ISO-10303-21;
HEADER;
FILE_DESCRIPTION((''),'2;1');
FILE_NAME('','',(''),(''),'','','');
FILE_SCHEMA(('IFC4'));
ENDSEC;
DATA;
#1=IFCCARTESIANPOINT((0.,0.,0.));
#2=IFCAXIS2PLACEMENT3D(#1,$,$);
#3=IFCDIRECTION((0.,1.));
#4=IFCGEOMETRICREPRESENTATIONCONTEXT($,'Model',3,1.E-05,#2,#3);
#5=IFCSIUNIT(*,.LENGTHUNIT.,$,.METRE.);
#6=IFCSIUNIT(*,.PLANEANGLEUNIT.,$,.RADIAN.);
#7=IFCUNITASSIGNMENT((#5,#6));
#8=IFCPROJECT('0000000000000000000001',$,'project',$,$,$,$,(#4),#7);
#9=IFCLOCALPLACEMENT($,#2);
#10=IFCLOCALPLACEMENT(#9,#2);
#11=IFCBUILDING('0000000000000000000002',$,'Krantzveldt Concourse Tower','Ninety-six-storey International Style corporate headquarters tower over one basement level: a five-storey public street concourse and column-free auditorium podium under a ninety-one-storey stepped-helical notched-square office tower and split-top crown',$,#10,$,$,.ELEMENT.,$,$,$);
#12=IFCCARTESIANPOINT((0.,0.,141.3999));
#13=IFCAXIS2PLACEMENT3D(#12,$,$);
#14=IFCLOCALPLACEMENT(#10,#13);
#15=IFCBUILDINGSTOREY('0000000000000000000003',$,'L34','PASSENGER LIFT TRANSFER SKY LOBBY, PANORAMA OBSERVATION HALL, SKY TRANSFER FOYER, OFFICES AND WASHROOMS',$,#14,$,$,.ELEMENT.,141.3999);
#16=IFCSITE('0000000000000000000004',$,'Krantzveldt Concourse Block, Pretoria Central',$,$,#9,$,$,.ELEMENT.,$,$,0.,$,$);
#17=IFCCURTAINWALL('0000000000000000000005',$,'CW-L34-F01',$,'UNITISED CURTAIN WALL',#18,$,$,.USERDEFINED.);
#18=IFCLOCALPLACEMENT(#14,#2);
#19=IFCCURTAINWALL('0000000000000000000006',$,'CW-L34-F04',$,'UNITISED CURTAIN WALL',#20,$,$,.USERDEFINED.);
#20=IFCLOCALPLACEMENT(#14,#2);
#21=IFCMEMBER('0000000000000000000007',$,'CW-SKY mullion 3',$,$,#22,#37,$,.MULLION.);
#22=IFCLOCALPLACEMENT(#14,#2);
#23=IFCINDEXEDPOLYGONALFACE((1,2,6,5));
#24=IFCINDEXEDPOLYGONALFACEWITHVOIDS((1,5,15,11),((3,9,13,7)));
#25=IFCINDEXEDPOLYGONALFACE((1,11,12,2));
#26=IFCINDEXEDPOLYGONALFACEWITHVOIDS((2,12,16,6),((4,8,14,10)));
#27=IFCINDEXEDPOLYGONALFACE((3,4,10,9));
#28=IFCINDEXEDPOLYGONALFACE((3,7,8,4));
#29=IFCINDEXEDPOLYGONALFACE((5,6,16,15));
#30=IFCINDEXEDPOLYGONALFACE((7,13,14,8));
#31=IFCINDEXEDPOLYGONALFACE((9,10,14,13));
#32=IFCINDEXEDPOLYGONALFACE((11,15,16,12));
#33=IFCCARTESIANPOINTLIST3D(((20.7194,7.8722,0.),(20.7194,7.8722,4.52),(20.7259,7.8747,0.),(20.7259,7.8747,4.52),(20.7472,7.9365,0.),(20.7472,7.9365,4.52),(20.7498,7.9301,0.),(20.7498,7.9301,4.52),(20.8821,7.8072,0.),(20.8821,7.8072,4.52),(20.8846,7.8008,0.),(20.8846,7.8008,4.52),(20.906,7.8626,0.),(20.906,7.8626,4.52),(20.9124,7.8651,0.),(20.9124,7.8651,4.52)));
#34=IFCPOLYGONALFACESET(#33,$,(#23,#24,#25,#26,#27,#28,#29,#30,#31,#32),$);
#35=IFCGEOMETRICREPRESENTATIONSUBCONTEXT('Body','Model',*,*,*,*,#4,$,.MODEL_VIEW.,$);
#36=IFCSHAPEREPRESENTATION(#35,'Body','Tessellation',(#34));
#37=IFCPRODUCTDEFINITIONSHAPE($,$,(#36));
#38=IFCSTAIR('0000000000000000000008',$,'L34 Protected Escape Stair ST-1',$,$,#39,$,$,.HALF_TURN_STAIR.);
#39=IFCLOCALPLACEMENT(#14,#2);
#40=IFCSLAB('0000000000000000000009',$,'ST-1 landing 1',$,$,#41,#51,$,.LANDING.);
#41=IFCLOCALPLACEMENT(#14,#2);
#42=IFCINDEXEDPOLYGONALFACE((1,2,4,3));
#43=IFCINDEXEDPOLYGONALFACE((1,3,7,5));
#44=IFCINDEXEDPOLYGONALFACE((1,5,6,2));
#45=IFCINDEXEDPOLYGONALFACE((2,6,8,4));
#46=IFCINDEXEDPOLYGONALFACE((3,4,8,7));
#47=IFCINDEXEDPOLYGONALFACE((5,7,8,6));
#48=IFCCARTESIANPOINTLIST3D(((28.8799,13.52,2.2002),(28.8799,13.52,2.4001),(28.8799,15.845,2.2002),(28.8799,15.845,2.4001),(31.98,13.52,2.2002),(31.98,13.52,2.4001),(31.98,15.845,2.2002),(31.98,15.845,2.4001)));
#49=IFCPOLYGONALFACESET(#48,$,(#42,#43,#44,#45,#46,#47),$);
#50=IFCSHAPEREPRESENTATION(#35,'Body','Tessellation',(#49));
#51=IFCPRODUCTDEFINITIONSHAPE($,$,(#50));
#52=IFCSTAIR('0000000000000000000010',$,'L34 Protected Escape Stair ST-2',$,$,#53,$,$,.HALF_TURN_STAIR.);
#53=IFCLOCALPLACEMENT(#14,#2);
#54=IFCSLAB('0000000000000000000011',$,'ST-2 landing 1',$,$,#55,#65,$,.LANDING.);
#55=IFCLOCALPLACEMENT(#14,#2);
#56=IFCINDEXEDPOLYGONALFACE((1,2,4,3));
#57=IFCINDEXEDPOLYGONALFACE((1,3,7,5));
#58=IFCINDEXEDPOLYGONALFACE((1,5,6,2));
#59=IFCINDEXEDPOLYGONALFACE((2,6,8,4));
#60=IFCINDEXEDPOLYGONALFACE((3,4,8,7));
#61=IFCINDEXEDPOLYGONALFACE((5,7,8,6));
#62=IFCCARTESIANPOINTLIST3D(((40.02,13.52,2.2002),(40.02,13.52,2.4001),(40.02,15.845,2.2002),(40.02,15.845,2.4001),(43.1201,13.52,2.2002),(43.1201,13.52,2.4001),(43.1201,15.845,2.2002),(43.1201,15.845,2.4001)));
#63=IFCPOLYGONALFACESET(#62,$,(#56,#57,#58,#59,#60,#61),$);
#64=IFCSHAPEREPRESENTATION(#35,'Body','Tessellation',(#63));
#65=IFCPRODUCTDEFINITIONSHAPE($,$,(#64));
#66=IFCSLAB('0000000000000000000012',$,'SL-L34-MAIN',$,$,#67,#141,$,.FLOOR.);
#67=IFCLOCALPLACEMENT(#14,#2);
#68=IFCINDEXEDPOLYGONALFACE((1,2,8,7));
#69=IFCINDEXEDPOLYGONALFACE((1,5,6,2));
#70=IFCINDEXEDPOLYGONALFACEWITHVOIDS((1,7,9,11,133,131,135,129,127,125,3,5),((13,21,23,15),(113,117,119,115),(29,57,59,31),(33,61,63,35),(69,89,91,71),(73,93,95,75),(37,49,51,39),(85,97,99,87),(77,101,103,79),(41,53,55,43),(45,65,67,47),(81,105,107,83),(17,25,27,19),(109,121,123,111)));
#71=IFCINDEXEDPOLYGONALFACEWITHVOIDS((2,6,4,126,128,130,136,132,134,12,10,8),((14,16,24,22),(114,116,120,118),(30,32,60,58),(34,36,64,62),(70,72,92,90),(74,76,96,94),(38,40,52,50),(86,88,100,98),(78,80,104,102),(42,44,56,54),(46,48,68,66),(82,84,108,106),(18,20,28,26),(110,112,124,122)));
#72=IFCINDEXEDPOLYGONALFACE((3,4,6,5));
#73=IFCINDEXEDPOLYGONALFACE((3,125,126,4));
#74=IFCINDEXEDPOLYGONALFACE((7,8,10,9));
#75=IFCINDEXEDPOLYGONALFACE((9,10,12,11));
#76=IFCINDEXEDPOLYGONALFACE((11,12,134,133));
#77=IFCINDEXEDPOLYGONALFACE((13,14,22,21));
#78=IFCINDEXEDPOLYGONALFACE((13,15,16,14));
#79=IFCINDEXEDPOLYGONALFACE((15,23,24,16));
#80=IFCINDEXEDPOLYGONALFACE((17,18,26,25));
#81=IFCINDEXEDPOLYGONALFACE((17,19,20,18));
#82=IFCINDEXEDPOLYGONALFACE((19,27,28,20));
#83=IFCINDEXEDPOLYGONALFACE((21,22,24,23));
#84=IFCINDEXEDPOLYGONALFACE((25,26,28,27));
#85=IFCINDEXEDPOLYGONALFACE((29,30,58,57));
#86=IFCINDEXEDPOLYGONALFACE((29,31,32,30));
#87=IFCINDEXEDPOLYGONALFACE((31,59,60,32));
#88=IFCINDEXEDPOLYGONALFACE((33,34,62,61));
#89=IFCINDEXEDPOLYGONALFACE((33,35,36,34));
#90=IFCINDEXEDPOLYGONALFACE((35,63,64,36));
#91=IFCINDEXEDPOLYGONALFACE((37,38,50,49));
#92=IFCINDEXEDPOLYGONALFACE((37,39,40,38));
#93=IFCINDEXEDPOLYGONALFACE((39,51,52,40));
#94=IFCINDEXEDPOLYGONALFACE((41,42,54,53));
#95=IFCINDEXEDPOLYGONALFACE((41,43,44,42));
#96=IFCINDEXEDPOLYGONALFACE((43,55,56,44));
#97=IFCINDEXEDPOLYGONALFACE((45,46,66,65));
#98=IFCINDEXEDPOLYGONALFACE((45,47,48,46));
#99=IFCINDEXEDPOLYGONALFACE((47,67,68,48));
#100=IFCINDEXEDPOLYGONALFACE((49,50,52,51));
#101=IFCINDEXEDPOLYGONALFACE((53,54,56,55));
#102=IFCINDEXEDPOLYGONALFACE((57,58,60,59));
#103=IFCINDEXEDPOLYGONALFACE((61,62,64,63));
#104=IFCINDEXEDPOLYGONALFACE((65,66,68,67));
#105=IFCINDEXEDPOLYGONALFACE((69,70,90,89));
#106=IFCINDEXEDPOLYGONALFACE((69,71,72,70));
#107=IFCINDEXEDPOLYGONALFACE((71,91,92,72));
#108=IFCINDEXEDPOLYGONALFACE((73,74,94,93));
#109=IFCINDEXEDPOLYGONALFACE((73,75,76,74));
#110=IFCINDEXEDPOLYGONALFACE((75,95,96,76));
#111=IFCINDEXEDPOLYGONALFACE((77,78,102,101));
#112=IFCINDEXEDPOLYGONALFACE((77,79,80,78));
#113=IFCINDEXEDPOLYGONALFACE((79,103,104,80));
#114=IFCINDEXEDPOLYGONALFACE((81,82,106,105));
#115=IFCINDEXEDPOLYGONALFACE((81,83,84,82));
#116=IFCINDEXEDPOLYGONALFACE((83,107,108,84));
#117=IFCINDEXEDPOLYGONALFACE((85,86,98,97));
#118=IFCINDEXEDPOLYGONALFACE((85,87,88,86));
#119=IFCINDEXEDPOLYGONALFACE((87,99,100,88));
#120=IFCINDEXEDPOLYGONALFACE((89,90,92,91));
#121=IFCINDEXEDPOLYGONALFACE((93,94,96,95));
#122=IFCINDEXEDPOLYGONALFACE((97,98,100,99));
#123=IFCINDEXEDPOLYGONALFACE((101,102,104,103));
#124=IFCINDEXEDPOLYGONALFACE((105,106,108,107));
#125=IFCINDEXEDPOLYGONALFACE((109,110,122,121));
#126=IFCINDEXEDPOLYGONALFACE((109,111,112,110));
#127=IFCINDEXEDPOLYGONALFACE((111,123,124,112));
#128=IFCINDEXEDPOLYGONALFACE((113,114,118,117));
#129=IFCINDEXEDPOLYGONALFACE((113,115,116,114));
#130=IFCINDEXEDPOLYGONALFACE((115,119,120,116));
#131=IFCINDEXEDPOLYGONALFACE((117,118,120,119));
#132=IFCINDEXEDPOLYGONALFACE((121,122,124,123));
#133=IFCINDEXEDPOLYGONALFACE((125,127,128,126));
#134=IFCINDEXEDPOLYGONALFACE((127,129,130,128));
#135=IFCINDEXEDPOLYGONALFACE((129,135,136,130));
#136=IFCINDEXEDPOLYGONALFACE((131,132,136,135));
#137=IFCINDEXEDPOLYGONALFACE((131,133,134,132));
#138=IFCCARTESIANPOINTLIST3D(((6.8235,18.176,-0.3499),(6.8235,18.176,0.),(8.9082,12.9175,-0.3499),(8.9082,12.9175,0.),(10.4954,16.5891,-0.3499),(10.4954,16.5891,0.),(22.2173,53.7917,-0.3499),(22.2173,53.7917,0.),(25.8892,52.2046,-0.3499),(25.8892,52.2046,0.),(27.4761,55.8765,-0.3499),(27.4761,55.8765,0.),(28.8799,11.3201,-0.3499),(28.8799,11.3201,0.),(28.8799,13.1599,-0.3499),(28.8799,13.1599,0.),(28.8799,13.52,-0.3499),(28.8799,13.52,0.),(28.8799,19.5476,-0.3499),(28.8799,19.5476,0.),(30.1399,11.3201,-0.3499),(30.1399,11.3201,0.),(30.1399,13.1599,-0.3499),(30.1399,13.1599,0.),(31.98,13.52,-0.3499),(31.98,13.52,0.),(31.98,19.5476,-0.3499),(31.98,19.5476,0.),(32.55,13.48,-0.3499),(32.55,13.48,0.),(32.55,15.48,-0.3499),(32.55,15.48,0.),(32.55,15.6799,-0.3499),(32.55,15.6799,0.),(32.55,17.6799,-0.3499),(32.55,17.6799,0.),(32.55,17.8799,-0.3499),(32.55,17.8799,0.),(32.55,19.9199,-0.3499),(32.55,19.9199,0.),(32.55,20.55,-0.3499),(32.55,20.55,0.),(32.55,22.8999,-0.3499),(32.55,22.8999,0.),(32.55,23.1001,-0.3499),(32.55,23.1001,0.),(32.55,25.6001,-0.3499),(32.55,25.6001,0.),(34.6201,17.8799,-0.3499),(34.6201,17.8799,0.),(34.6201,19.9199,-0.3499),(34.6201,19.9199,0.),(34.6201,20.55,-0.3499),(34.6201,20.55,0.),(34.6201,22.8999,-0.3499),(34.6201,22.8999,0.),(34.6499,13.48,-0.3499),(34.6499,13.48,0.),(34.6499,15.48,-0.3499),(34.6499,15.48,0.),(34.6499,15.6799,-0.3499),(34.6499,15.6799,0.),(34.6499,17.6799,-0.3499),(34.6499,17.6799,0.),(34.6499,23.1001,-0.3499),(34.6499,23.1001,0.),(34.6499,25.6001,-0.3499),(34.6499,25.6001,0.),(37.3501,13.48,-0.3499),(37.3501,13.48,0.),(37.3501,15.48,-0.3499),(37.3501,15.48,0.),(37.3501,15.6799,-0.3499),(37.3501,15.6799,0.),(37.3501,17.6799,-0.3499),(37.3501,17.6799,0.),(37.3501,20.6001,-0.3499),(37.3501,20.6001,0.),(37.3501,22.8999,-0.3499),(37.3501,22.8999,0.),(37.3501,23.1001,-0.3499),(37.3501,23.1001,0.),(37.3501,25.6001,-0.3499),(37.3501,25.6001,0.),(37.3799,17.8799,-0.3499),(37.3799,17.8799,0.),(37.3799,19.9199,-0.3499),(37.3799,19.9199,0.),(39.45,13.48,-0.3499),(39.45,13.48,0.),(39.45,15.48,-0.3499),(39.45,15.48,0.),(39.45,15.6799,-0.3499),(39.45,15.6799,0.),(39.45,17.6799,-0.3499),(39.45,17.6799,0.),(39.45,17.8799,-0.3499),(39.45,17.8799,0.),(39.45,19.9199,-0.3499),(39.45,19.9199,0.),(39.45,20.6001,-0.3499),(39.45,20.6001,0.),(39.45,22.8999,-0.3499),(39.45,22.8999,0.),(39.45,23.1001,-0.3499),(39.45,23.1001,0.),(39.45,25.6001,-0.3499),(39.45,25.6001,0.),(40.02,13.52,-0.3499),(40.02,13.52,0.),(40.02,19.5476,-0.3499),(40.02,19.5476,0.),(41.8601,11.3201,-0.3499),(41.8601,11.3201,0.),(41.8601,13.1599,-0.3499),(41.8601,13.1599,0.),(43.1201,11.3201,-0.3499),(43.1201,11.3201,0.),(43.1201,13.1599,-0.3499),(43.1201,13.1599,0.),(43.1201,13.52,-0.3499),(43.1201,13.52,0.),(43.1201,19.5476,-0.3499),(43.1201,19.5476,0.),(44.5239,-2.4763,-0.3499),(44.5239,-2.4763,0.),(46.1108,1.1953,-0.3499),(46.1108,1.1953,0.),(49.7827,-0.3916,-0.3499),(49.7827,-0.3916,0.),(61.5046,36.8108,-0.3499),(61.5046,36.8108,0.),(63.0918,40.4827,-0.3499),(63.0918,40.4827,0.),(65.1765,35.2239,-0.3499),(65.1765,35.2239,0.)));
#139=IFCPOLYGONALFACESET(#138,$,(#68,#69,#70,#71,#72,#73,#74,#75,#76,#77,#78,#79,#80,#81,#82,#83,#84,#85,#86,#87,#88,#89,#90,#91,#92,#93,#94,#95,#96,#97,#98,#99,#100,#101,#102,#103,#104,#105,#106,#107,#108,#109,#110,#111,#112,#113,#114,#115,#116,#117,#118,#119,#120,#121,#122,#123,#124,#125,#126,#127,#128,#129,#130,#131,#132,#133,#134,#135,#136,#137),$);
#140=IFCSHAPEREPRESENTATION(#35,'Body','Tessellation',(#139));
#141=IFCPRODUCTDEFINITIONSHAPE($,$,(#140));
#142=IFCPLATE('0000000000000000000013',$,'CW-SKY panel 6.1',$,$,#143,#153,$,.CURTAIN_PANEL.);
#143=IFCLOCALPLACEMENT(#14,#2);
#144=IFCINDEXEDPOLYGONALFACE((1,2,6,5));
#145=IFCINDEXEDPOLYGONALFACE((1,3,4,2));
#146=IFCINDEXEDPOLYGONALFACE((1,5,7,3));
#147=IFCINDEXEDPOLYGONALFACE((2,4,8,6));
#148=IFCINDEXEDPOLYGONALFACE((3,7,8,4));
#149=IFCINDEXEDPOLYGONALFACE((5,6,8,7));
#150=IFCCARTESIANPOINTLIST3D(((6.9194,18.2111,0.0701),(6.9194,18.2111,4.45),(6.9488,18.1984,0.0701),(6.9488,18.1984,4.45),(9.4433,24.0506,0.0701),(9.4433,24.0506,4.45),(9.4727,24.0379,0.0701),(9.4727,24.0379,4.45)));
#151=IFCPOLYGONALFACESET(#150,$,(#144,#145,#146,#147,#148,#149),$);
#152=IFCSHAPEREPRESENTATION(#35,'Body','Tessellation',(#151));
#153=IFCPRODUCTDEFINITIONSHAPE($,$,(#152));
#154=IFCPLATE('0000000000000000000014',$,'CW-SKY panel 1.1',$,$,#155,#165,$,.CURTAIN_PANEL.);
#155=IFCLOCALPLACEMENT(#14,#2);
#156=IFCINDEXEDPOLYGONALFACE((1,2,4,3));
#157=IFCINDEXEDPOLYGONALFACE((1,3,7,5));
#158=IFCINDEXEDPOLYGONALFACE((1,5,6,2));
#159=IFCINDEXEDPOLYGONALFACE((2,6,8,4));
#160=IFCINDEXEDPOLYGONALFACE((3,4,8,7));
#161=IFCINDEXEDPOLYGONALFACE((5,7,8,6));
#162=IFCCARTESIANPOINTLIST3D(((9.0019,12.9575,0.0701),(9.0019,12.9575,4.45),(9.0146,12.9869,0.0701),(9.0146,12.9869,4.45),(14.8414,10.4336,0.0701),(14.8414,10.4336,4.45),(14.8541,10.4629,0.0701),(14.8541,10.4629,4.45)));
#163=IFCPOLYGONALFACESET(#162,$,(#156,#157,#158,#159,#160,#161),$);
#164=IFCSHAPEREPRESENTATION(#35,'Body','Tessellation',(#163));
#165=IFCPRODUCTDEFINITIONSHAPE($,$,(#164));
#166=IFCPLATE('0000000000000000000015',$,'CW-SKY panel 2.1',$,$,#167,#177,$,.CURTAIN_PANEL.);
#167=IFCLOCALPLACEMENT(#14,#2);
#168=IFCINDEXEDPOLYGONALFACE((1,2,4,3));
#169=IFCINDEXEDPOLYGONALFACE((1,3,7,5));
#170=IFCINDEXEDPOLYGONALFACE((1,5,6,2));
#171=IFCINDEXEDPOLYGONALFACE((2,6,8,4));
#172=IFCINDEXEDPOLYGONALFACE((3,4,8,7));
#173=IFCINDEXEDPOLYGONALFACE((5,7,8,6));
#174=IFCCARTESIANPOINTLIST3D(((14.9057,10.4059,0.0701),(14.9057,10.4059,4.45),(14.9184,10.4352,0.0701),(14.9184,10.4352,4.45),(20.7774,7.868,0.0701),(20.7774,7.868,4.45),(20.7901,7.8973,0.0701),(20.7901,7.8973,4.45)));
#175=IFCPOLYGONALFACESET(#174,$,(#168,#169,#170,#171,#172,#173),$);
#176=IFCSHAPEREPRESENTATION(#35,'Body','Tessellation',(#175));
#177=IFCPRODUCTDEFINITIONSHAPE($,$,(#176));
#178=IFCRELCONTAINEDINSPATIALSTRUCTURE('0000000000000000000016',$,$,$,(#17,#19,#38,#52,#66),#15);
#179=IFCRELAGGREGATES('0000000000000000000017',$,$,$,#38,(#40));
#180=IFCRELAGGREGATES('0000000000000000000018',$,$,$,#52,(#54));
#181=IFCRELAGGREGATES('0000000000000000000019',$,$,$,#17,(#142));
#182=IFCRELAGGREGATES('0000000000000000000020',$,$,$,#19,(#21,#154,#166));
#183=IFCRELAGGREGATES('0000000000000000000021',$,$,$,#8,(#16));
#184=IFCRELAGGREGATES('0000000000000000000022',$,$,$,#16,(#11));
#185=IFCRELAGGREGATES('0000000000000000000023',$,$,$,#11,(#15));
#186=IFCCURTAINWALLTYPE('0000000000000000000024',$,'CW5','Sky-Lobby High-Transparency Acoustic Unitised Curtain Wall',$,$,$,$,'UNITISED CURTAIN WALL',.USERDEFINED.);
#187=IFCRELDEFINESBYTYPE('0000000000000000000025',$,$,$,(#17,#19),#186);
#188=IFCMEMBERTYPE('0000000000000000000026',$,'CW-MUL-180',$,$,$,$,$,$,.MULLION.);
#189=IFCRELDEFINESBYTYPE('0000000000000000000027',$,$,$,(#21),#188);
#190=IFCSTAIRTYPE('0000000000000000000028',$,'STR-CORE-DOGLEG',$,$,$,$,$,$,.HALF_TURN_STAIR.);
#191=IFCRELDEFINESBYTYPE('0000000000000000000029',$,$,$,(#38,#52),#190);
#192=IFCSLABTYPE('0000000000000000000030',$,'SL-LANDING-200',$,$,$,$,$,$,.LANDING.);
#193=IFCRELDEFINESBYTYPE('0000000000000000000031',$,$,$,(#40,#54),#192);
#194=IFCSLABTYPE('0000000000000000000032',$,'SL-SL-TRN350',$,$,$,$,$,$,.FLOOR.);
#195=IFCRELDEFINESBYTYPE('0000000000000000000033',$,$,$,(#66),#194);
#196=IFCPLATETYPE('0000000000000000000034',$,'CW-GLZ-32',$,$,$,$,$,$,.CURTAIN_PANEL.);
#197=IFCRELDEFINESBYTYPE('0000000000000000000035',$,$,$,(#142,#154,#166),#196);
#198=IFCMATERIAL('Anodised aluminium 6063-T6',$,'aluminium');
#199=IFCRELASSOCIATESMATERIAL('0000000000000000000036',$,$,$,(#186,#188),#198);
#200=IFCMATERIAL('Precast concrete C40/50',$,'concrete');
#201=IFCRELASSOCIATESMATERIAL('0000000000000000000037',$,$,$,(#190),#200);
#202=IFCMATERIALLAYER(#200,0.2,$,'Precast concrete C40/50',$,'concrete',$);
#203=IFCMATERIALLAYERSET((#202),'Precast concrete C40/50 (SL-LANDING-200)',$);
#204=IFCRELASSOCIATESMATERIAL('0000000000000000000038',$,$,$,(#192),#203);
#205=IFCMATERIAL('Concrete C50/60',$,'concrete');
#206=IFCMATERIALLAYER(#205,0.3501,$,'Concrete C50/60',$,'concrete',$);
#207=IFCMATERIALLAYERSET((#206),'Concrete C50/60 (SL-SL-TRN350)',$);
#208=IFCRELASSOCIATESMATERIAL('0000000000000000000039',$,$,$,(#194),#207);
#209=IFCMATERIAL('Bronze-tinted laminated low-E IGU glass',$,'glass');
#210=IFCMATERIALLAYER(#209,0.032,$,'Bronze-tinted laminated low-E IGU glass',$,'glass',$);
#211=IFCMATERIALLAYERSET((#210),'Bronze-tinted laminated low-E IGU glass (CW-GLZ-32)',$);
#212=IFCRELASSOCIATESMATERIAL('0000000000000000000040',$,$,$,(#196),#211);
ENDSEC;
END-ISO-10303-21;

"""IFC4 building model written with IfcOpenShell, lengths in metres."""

from ifc_helpers import new_model, si_unit, direction, frame, origin, origin_2d, place, context, subcontext, project, spatial, polyline, rectangle, hollow_rectangle, outline, extrude, source, transform, mapped, material, layer, layer_set, material_profile, profile_set, type_object, type_shapes, element, aggregate, save


model = new_model("IFC4")

# Units and contexts
model_context = context("Model", 3, precision=1e-05, world=origin(), true_north=direction((0.0, 1.0)))
body_context = subcontext(model_context, "Body", "Model", "MODEL_VIEW")
ifc_project = project(units=[si_unit("LENGTHUNIT", "METRE"), si_unit("PLANEANGLEUNIT", "RADIAN")], contexts=[model_context])

# Site, building, storey
site_placement = place(None, origin())
site = spatial("IfcSite", under=ifc_project, at=site_placement, Name="Krantzveldt Concourse Block, Pretoria Central", CompositionType="ELEMENT", RefElevation=0.0)
building_placement = place(site_placement, origin())
building = spatial("IfcBuilding", under=site, at=building_placement, Name="Krantzveldt Concourse Tower", Description="Ninety-six-storey International Style corporate headquarters tower over one basement level: a five-storey public street concourse and column-free auditorium podium under a ninety-one-storey stepped-helical notched-square office tower and split-top crown", CompositionType="ELEMENT")
storey_placement = place(building_placement, frame((0.0, 0.0, 141.3999)))
storey = spatial("IfcBuildingStorey", under=building, at=storey_placement, Name="L34", Description="PASSENGER LIFT TRANSFER SKY LOBBY, PANORAMA OBSERVATION HALL, SKY TRANSFER FOYER, OFFICES AND WASHROOMS", CompositionType="ELEMENT", Elevation=141.3999)

# Curtain wall
ifc_material_1 = material(Name="Anodised aluminium 6063-T6", Category="aluminium")
curtain_wall_type = type_object("IfcCurtainWallType", Name="CW5", Description="Sky-Lobby High-Transparency Acoustic Unitised Curtain Wall", ElementType="UNITISED CURTAIN WALL", PredefinedType="USERDEFINED", material=ifc_material_1)
curtain_wall_1_placement = place(storey_placement, origin())
curtain_wall_1 = element("IfcCurtainWall", 1, at=curtain_wall_1_placement, inside=storey, type_object=curtain_wall_type, Name="CW-L34-F01", ObjectType="UNITISED CURTAIN WALL", PredefinedType="USERDEFINED")

# Curtain wall
curtain_wall_2_placement = place(storey_placement, origin())
curtain_wall_2 = element("IfcCurtainWall", 2, at=curtain_wall_2_placement, inside=storey, type_object=curtain_wall_type, Name="CW-L34-F04", ObjectType="UNITISED CURTAIN WALL", PredefinedType="USERDEFINED")

# Member
ifc_material_profile_1 = material_profile(ifc_material_1, hollow_rectangle(XDim=0.0701, YDim=0.1799, WallThickness=0.0049, at=origin_2d()), Name="Anodised aluminium 6063-T6", Category="aluminium")
ifc_profile_set_1 = profile_set([ifc_material_profile_1], Name="Anodised aluminium 6063-T6 - ALU-MULL 180x70x5")
member_type_1 = type_object("IfcMemberType", Name="CW-MUL-180", PredefinedType="MULLION", material=ifc_profile_set_1)
shared_shape_1 = source(origin(), body_context, "Body", "SweptSolid", [
    extrude(hollow_rectangle(XDim=0.0701, YDim=0.1799, WallThickness=0.0049, at=origin_2d()), origin(), (0.0, 0.0, 1.0), 4.52),
])
type_shapes(member_type_1, [shared_shape_1])
member_1_placement = place(storey_placement, frame((20.8159, 7.8687, 0.0), z_axis=(0.0, 0.0, 1.0), x_axis=(0.396747, 0.917928, 0.0)))
member_1 = element("IfcMember", 3, at=member_1_placement, type_object=member_type_1, Name="CW-SKY mullion 3", PredefinedType="MULLION", context=body_context, shape_type="MappedRepresentation", body=[
    mapped(shared_shape_1, transform((0.0, 0.0, 0.0), x_axis=(1.0, 0.0, 0.0), y_axis=(0.0, 1.0, 0.0), z_axis=(0.0, 0.0, 1.0), scale=1.0)),
])

# Stairs, slabs
ifc_material_2 = material(Name="Precast concrete C40/50", Category="concrete")
stair_type = type_object("IfcStairType", Name="STR-CORE-DOGLEG", PredefinedType="HALF_TURN_STAIR", material=ifc_material_2)
stair_1_placement = place(storey_placement, origin())
stair_1 = element("IfcStair", 4, at=stair_1_placement, inside=storey, type_object=stair_type, Name="L34 Protected Escape Stair ST-1", PredefinedType="HALF_TURN_STAIR")
ifc_layer_1 = layer(ifc_material_2, 0.2, Name="Precast concrete C40/50", Category="concrete")
ifc_layer_set_1 = layer_set([ifc_layer_1], Name="Precast concrete C40/50 (SL-LANDING-200)")
slab_type_1 = type_object("IfcSlabType", Name="SL-LANDING-200", PredefinedType="LANDING", material=ifc_layer_set_1)
slab_1_placement = place(storey_placement, frame((0.0, 0.0, 2.2002)))
slab_1 = element("IfcSlab", 5, at=slab_1_placement, type_object=slab_type_1, Name="ST-1 landing 1", PredefinedType="LANDING", context=body_context, shape_type="SweptSolid", body=[
    extrude(outline(polyline([(28.8799, 15.845), (28.8799, 13.52), (31.98, 13.52), (31.98, 15.845), (28.8799, 15.845)])), origin(), (0.0, 0.0, 1.0), 0.2),
])
aggregate(stair_1, [slab_1])
stair_2_placement = place(storey_placement, origin())
stair_2 = element("IfcStair", 6, at=stair_2_placement, inside=storey, type_object=stair_type, Name="L34 Protected Escape Stair ST-2", PredefinedType="HALF_TURN_STAIR")
slab_2_placement = place(storey_placement, frame((0.0, 0.0, 2.2002)))
slab_2 = element("IfcSlab", 7, at=slab_2_placement, type_object=slab_type_1, Name="ST-2 landing 1", PredefinedType="LANDING", context=body_context, shape_type="SweptSolid", body=[
    extrude(outline(polyline([(40.02, 15.845), (40.02, 13.52), (43.1201, 13.52), (43.1201, 15.845), (40.02, 15.845)])), origin(), (0.0, 0.0, 1.0), 0.2),
])
aggregate(stair_2, [slab_2])

# Slab
ifc_material_3 = material(Name="Concrete C50/60", Category="concrete")
ifc_layer_2 = layer(ifc_material_3, 0.3501, Name="Concrete C50/60", Category="concrete")
ifc_layer_set_2 = layer_set([ifc_layer_2], Name="Concrete C50/60 (SL-SL-TRN350)")
slab_type_2 = type_object("IfcSlabType", Name="SL-SL-TRN350", PredefinedType="FLOOR", material=ifc_layer_set_2)
slab_3_placement = place(storey_placement, frame((0.0, 0.0, -0.3499)))
element("IfcSlab", 8, at=slab_3_placement, inside=storey, type_object=slab_type_2, Name="SL-L34-MAIN", PredefinedType="FLOOR", context=body_context, shape_type="SweptSolid", body=[
    extrude(outline(polyline([(25.8892, 52.2046), (22.2173, 53.7917), (6.8235, 18.176), (10.4954, 16.5891), (8.9082, 12.9175), (44.5239, -2.4763), (46.1108, 1.1953), (49.7827, -0.3916), (65.1765, 35.2239), (61.5046, 36.8108), (63.0918, 40.4827), (27.4761, 55.8765), (25.8892, 52.2046)]), holes=[polyline([(28.8799, 19.5476), (28.8799, 13.52), (31.98, 13.52), (31.98, 19.5476), (28.8799, 19.5476)]), polyline([(40.02, 19.5476), (40.02, 13.52), (43.1201, 13.52), (43.1201, 19.5476), (40.02, 19.5476)]), polyline([(32.55, 23.1001), (34.6499, 23.1001), (34.6499, 25.6001), (32.55, 25.6001), (32.55, 23.1001)]), polyline([(37.3501, 23.1001), (39.45, 23.1001), (39.45, 25.6001), (37.3501, 25.6001), (37.3501, 23.1001)]), polyline([(37.3501, 20.6001), (39.45, 20.6001), (39.45, 22.8999), (37.3501, 22.8999), (37.3501, 20.6001)]), polyline([(32.55, 13.48), (34.6499, 13.48), (34.6499, 15.48), (32.55, 15.48), (32.55, 13.48)]), polyline([(32.55, 15.6799), (34.6499, 15.6799), (34.6499, 17.6799), (32.55, 17.6799), (32.55, 15.6799)]), polyline([(37.3501, 13.48), (39.45, 13.48), (39.45, 15.48), (37.3501, 15.48), (37.3501, 13.48)]), polyline([(37.3501, 15.6799), (39.45, 15.6799), (39.45, 17.6799), (37.3501, 17.6799), (37.3501, 15.6799)]), polyline([(32.55, 20.55), (34.6201, 20.55), (34.6201, 22.8999), (32.55, 22.8999), (32.55, 20.55)]), polyline([(32.55, 17.8799), (34.6201, 17.8799), (34.6201, 19.9199), (32.55, 19.9199), (32.55, 17.8799)]), polyline([(37.3799, 17.8799), (39.45, 17.8799), (39.45, 19.9199), (37.3799, 19.9199), (37.3799, 17.8799)]), polyline([(28.8799, 11.3201), (30.1399, 11.3201), (30.1399, 13.1599), (28.8799, 13.1599), (28.8799, 11.3201)]), polyline([(41.8601, 11.3201), (43.1201, 11.3201), (43.1201, 13.1599), (41.8601, 13.1599), (41.8601, 11.3201)])]), origin(), (0.0, 0.0, 1.0), 0.3499),
])

# Plates
ifc_material_4 = material(Name="Bronze-tinted laminated low-E IGU glass", Category="glass")
ifc_layer_3 = layer(ifc_material_4, 0.032, Name="Bronze-tinted laminated low-E IGU glass", Category="glass")
ifc_layer_set_3 = layer_set([ifc_layer_3], Name="Bronze-tinted laminated low-E IGU glass (CW-GLZ-32)")
plate_type = type_object("IfcPlateType", Name="CW-GLZ-32", PredefinedType="CURTAIN_PANEL", material=ifc_layer_set_3)
shared_shape_2 = source(origin(), body_context, "Body", "SweptSolid", [
    extrude(rectangle(XDim=6.3616, YDim=0.032, at=origin_2d()), origin(), (0.0, 0.0, 1.0), 4.3799),
])
plate_1_placement = place(storey_placement, frame((8.196, 21.1245, 0.0701), z_axis=(0.0, 0.0, 1.0), x_axis=(-0.396747, -0.917928, 0.0)))
plate_1 = element("IfcPlate", 9, at=plate_1_placement, type_object=plate_type, Name="CW-SKY panel 6.1", PredefinedType="CURTAIN_PANEL", context=body_context, shape_type="MappedRepresentation", body=[
    mapped(shared_shape_2, transform((0.0, 0.0, 0.0), x_axis=(1.0, 0.0, 0.0), y_axis=(0.0, 1.0, 0.0), z_axis=(0.0, 0.0, 1.0), scale=1.0)),
])
aggregate(curtain_wall_1, [plate_1])
plate_2_placement = place(storey_placement, frame((11.928, 11.7102, 0.0701), z_axis=(0.0, 0.0, 1.0), x_axis=(0.917928, -0.396747, 0.0)))
plate_2 = element("IfcPlate", 10, at=plate_2_placement, type_object=plate_type, Name="CW-SKY panel 1.1", PredefinedType="CURTAIN_PANEL", context=body_context, shape_type="MappedRepresentation", body=[
    mapped(shared_shape_2, transform((0.0, 0.0, 0.0), x_axis=(1.0, 0.0, 0.0), y_axis=(0.0, 1.0, 0.0), z_axis=(0.0, 0.0, 1.0), scale=1.0)),
])
shared_shape_3 = source(origin(), body_context, "Body", "SweptSolid", [
    extrude(rectangle(XDim=6.3967, YDim=0.032, at=origin_2d()), origin(), (0.0, 0.0, 1.0), 4.3799),
])
type_shapes(plate_type, [shared_shape_2, shared_shape_3])
plate_3_placement = place(storey_placement, frame((17.8479, 9.1516, 0.0701), z_axis=(0.0, 0.0, 1.0), x_axis=(0.917928, -0.396747, 0.0)))
plate_3 = element("IfcPlate", 11, at=plate_3_placement, type_object=plate_type, Name="CW-SKY panel 2.1", PredefinedType="CURTAIN_PANEL", context=body_context, shape_type="MappedRepresentation", body=[
    mapped(shared_shape_3, transform((0.0, 0.0, 0.0), x_axis=(1.0, 0.0, 0.0), y_axis=(0.0, 1.0, 0.0), z_axis=(0.0, 0.0, 1.0), scale=1.0)),
])
aggregate(curtain_wall_2, [member_1, plate_2, plate_3])

save(model, "model.ifc")
